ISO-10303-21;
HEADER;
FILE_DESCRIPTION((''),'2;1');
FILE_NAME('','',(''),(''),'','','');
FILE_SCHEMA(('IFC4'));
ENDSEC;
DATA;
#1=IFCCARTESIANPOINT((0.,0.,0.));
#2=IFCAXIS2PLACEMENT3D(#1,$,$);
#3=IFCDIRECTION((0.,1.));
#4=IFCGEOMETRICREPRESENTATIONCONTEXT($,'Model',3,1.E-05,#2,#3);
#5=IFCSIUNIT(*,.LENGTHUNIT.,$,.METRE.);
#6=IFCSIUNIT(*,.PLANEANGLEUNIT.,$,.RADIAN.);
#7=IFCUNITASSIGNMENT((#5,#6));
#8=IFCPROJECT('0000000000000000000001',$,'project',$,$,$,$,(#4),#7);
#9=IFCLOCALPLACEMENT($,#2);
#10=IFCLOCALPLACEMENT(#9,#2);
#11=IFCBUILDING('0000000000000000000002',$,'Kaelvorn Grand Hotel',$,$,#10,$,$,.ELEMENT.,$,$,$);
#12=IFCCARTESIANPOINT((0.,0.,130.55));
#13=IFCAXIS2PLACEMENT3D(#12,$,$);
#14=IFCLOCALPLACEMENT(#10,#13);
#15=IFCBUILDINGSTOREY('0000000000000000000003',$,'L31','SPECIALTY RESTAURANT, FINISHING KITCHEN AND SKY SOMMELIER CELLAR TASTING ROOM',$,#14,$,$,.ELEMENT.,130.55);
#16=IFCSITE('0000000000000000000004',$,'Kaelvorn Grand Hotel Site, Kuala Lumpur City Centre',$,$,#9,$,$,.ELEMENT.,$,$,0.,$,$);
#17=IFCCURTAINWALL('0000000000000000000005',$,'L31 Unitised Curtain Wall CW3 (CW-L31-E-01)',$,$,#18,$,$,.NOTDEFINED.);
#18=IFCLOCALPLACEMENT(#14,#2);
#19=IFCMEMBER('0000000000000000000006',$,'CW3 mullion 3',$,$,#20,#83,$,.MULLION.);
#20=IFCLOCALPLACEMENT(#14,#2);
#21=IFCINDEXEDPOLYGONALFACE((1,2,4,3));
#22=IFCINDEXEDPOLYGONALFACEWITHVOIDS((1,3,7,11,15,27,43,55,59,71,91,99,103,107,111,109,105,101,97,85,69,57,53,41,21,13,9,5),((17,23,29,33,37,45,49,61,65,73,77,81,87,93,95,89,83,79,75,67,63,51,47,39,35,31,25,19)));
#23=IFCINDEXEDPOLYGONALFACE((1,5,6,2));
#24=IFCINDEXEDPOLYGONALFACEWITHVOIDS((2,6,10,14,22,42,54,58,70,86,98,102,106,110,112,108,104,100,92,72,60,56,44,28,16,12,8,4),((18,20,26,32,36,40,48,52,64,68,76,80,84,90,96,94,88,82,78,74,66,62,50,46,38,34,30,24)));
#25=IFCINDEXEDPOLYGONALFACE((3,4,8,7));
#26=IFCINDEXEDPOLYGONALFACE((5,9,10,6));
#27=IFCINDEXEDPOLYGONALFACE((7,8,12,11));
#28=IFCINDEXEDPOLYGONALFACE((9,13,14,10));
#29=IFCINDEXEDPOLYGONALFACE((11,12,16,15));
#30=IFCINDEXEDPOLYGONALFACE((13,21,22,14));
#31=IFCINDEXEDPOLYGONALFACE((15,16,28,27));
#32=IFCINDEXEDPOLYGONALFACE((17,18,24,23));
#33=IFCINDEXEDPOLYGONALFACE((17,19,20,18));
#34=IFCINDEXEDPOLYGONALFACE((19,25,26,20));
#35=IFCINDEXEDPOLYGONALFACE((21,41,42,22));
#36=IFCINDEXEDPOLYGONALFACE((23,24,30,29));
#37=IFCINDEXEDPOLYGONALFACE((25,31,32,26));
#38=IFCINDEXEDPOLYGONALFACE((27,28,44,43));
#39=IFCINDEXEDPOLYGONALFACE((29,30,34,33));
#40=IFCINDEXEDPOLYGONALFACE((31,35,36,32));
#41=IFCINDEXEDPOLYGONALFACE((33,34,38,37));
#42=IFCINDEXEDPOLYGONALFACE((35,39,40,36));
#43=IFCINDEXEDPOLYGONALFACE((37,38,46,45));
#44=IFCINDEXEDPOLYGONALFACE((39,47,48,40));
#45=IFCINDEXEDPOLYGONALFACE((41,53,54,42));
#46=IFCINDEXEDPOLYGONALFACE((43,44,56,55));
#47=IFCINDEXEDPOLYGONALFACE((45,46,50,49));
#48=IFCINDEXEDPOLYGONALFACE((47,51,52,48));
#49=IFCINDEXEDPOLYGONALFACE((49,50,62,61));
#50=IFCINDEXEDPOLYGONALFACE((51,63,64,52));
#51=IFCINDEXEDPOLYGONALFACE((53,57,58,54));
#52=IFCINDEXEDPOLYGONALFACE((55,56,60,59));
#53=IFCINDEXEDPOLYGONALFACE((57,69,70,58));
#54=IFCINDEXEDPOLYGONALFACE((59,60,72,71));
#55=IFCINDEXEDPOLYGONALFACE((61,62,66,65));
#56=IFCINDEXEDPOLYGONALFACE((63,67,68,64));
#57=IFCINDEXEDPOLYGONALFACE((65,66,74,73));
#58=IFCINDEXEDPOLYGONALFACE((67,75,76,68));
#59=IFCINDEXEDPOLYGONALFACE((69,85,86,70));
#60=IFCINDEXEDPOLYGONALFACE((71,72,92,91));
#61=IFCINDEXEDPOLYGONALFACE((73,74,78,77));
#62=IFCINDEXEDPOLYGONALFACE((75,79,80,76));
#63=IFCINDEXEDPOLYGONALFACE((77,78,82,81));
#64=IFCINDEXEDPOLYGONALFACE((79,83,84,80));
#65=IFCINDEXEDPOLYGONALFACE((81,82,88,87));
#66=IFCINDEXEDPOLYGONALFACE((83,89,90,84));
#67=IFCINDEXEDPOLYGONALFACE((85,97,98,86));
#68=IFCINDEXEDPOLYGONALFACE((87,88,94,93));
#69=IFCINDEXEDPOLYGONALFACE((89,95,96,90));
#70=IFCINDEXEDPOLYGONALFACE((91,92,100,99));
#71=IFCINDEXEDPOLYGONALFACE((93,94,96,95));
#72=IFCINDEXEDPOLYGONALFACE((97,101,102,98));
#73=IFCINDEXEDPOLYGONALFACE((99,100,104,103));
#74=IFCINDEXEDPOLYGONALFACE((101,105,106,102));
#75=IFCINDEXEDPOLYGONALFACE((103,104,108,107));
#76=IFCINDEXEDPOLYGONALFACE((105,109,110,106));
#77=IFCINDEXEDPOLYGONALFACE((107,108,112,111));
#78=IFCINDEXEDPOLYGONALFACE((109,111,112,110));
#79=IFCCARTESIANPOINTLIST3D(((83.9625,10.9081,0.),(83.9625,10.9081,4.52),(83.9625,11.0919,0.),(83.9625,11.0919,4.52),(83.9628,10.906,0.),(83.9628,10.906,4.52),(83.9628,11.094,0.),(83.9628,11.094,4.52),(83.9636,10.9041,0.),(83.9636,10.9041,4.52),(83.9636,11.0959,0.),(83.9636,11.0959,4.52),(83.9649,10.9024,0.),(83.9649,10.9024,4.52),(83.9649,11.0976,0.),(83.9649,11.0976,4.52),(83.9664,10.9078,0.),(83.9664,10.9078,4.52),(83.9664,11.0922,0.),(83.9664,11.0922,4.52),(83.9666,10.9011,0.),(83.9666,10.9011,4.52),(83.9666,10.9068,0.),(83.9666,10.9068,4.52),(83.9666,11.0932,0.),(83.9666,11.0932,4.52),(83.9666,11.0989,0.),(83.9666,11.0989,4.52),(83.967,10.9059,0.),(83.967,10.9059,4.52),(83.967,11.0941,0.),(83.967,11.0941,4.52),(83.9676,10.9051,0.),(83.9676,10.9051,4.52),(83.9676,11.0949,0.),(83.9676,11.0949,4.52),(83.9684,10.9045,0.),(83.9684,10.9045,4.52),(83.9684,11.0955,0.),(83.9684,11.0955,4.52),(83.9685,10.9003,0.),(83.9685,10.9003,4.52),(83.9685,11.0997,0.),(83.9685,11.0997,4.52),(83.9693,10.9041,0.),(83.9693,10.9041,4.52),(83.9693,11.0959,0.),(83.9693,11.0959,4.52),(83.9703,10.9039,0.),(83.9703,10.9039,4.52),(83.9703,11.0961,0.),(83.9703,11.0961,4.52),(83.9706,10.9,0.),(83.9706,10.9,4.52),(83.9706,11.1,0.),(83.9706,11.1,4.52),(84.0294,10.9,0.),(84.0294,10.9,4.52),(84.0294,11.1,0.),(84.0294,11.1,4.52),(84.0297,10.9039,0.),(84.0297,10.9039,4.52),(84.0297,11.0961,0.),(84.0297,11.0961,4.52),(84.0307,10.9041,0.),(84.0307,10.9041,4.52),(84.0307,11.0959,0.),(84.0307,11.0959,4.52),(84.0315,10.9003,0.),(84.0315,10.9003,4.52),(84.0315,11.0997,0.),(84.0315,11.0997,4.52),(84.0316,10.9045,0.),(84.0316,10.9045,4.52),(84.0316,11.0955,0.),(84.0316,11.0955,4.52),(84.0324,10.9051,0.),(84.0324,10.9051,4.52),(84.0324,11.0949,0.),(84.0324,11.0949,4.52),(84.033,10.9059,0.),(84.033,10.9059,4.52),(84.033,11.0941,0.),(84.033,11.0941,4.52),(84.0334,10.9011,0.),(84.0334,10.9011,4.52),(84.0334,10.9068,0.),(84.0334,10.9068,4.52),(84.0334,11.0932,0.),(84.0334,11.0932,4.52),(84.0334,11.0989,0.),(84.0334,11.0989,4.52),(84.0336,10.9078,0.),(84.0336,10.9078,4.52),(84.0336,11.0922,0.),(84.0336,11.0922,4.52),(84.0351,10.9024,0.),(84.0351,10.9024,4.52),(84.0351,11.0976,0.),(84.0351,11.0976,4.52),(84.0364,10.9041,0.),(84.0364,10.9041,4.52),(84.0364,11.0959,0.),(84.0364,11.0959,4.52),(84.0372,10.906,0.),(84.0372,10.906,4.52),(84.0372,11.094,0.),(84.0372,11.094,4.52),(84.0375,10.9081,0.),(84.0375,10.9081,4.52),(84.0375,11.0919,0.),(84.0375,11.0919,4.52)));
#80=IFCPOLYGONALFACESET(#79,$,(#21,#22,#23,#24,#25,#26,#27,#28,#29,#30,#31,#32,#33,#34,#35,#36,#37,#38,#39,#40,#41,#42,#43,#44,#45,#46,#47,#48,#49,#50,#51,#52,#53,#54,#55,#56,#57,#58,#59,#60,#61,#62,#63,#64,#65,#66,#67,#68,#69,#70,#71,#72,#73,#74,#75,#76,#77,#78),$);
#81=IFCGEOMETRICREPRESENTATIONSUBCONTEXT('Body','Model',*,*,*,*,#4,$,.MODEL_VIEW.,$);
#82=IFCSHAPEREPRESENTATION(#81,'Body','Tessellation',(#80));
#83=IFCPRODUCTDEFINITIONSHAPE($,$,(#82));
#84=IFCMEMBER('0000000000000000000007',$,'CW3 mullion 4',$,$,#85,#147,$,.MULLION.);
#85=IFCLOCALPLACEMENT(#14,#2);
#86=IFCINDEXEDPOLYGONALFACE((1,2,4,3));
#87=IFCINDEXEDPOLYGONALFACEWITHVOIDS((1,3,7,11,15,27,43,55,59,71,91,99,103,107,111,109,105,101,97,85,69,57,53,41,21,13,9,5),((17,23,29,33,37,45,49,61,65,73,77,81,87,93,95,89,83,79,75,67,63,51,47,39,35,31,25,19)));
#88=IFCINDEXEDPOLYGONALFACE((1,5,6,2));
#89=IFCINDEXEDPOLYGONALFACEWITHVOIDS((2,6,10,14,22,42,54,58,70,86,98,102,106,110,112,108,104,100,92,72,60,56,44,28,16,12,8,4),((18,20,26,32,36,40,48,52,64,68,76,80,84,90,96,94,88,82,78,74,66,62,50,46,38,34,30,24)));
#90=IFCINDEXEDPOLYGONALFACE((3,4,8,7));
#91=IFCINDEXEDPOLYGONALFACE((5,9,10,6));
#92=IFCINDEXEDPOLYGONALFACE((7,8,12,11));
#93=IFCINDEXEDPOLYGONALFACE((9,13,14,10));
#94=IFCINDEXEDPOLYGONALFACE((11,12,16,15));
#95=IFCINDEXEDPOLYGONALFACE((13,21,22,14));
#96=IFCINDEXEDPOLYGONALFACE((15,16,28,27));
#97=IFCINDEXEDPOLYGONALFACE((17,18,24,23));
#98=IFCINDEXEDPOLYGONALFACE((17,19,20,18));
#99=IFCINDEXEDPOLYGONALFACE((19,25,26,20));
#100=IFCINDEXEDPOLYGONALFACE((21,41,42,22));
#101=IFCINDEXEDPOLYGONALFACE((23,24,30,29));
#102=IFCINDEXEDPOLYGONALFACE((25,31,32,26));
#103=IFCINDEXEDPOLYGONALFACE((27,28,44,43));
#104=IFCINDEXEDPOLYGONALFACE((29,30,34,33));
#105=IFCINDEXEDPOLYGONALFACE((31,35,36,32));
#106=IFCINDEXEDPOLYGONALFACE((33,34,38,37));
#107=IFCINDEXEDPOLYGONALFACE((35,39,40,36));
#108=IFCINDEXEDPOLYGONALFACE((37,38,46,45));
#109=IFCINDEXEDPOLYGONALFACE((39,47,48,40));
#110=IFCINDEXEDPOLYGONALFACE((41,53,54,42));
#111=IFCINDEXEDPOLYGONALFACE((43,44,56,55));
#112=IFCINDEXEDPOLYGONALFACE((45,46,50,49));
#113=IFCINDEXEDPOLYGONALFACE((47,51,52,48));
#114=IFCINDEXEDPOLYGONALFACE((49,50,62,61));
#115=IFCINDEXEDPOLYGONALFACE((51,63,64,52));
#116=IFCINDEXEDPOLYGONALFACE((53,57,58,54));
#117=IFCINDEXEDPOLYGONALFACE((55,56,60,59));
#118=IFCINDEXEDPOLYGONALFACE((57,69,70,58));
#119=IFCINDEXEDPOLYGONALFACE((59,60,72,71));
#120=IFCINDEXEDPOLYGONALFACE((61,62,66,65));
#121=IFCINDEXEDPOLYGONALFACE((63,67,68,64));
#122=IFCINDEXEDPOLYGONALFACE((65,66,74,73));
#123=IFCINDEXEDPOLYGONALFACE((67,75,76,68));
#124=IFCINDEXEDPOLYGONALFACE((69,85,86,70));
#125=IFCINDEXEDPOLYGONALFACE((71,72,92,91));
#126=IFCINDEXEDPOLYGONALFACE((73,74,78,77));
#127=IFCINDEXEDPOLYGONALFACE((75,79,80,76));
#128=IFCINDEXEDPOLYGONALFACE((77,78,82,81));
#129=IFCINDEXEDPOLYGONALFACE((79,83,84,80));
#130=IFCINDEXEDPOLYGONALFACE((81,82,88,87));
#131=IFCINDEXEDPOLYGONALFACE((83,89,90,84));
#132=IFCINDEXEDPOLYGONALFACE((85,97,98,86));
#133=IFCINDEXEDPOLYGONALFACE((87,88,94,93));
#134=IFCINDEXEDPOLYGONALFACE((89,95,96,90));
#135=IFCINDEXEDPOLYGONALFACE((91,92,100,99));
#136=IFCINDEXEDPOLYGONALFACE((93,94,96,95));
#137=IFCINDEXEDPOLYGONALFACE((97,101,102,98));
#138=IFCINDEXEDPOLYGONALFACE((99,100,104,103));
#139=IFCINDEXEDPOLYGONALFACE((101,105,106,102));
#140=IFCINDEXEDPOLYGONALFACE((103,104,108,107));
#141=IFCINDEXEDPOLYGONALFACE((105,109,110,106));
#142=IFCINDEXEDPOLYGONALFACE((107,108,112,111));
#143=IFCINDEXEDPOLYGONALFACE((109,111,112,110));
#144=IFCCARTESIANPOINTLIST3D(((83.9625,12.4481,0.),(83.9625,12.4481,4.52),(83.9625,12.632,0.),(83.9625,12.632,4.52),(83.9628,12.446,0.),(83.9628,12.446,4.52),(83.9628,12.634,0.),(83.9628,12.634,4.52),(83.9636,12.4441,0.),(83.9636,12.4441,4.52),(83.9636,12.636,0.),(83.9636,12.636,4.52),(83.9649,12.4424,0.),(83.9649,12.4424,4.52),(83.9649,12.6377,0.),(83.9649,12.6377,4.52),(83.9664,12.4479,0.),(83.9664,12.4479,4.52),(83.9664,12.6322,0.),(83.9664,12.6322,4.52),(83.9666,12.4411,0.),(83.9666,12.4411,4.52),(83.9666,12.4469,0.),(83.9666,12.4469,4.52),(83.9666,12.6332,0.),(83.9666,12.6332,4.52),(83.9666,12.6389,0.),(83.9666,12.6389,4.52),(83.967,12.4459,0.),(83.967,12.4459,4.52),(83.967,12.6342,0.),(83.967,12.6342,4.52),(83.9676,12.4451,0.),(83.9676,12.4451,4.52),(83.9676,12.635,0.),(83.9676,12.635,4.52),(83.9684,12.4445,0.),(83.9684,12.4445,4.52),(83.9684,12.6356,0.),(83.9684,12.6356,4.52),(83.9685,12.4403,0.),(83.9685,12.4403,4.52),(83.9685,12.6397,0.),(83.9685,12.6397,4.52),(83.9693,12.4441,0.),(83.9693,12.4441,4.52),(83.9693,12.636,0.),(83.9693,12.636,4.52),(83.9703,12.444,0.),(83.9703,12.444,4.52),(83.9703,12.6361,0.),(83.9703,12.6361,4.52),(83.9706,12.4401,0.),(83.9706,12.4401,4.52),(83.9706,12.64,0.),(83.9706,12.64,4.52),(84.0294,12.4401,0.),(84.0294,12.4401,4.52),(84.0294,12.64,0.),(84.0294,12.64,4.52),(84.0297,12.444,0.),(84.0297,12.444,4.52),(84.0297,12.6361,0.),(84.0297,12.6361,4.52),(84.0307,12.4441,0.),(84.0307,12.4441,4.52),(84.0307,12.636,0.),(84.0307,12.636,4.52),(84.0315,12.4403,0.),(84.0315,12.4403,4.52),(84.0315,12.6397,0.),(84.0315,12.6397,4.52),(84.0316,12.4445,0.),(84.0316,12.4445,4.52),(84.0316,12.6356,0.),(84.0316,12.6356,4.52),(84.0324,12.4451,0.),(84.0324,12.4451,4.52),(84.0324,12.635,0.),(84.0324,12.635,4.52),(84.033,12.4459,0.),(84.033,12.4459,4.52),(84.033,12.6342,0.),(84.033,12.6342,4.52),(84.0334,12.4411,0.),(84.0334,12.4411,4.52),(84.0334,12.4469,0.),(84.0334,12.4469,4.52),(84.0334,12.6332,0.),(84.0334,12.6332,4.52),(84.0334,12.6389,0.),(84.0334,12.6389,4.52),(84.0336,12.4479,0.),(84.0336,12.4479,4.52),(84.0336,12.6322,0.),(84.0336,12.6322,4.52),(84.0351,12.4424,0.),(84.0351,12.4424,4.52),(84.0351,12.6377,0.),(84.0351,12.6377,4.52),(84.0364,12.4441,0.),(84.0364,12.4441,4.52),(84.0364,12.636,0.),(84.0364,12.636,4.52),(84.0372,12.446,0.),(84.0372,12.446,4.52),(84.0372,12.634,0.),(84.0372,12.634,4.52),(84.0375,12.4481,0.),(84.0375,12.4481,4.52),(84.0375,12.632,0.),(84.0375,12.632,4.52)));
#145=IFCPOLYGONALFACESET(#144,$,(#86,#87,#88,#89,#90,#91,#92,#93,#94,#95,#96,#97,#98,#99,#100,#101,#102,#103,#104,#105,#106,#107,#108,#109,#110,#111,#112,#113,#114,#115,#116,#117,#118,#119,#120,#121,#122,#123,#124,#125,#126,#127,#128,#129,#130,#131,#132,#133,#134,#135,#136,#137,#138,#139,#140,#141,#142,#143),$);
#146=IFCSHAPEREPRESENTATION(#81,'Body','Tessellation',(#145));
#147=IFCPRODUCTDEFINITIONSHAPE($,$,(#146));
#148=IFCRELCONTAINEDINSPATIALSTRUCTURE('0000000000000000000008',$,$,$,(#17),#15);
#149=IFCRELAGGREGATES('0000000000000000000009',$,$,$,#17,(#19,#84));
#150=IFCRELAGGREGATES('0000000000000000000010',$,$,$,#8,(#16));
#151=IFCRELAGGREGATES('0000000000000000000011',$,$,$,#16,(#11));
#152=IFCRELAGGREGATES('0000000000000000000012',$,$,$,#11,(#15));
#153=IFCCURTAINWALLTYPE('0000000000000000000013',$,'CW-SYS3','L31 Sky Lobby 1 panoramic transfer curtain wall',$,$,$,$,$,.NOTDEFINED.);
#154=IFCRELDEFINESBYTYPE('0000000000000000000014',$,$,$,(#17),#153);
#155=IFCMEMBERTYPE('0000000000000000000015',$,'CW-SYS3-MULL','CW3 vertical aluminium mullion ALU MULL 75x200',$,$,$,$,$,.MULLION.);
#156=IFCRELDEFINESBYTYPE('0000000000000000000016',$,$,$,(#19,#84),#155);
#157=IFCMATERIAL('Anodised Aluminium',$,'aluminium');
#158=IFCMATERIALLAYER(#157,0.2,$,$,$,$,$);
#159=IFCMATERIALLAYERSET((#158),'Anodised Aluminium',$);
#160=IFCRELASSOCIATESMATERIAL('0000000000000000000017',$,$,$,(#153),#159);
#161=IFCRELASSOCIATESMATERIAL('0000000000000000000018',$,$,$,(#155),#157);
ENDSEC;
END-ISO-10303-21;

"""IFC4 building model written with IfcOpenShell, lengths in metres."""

from ifc_helpers import new_model, si_unit, direction, frame, origin, origin_2d, place, context, subcontext, project, spatial, hollow_rectangle, extrude, material, layer, layer_set, material_profile, profile_set, type_object, element, aggregate, save


model = new_model("IFC4")

# Units and contexts
model_context = context("Model", 3, precision=1e-05, world=origin(), true_north=direction((0.0, 1.0)))
body_context = subcontext(model_context, "Body", "Model", "MODEL_VIEW")
ifc_project = project(units=[si_unit("LENGTHUNIT", "METRE"), si_unit("PLANEANGLEUNIT", "RADIAN")], contexts=[model_context])

# Site, building, storey
site_placement = place(None, origin())
site = spatial("IfcSite", under=ifc_project, at=site_placement, Name="Kaelvorn Grand Hotel Site, Kuala Lumpur City Centre", CompositionType="ELEMENT", RefElevation=0.0)
building_placement = place(site_placement, origin())
building = spatial("IfcBuilding", under=site, at=building_placement, Name="Kaelvorn Grand Hotel", CompositionType="ELEMENT")
storey_placement = place(building_placement, frame((0.0, 0.0, 130.55)))
storey = spatial("IfcBuildingStorey", under=building, at=storey_placement, Name="L31", Description="SPECIALTY RESTAURANT, FINISHING KITCHEN AND SKY SOMMELIER CELLAR TASTING ROOM", CompositionType="ELEMENT", Elevation=130.55)

# Curtain wall, members
ifc_material_1 = material(Name="Anodised Aluminium", Category="aluminium")
ifc_layer_1 = layer(ifc_material_1, 0.2)
ifc_layer_set_1 = layer_set([ifc_layer_1], Name="Anodised Aluminium")
curtain_wall_type = type_object("IfcCurtainWallType", Name="CW-SYS3", Description="L31 Sky Lobby 1 panoramic transfer curtain wall", PredefinedType="NOTDEFINED", material=ifc_layer_set_1)
curtain_wall_placement = place(storey_placement, origin())
curtain_wall = element("IfcCurtainWall", 1, at=curtain_wall_placement, inside=storey, type_object=curtain_wall_type, Name="L31 Unitised Curtain Wall CW3 (CW-L31-E-01)", PredefinedType="NOTDEFINED")
ifc_material_profile_1 = material_profile(ifc_material_1, hollow_rectangle(XDim=0.075, YDim=0.2, WallThickness=0.0039, InnerFilletRadius=0.0039, OuterFilletRadius=0.0081, at=origin_2d()), Name="ALU MULL 75x200")
ifc_profile_set_1 = profile_set([ifc_material_profile_1], Name="Anodised Aluminium")
member_type_1 = type_object("IfcMemberType", Name="CW-SYS3-MULL", Description="CW3 vertical aluminium mullion ALU MULL 75x200", PredefinedType="MULLION", material=ifc_profile_set_1)
member_1_placement = place(storey_placement, frame((84.0, 11.0, 0.0), z_axis=(0.0, 0.0, 1.0), x_axis=(-1.0, 0.0, 0.0)))
member_1 = element("IfcMember", 2, at=member_1_placement, type_object=member_type_1, Name="CW3 mullion 3", PredefinedType="MULLION", context=body_context, shape_type="SweptSolid", body=[
    extrude(hollow_rectangle(XDim=0.075, YDim=0.2, WallThickness=0.0039, InnerFilletRadius=0.0039, OuterFilletRadius=0.0081, at=origin_2d()), origin(), (0.0, 0.0, 1.0), 4.52),
])
member_2_placement = place(storey_placement, frame((84.0, 12.54, 0.0), z_axis=(0.0, 0.0, 1.0), x_axis=(-1.0, 0.0, 0.0)))
member_2 = element("IfcMember", 3, at=member_2_placement, type_object=member_type_1, Name="CW3 mullion 4", PredefinedType="MULLION", context=body_context, shape_type="SweptSolid", body=[
    extrude(hollow_rectangle(XDim=0.075, YDim=0.2, WallThickness=0.0039, InnerFilletRadius=0.0039, OuterFilletRadius=0.0081, at=origin_2d()), origin(), (0.0, 0.0, 1.0), 4.52),
])
aggregate(curtain_wall, [member_1, member_2])

save(model, "model.ifc")
